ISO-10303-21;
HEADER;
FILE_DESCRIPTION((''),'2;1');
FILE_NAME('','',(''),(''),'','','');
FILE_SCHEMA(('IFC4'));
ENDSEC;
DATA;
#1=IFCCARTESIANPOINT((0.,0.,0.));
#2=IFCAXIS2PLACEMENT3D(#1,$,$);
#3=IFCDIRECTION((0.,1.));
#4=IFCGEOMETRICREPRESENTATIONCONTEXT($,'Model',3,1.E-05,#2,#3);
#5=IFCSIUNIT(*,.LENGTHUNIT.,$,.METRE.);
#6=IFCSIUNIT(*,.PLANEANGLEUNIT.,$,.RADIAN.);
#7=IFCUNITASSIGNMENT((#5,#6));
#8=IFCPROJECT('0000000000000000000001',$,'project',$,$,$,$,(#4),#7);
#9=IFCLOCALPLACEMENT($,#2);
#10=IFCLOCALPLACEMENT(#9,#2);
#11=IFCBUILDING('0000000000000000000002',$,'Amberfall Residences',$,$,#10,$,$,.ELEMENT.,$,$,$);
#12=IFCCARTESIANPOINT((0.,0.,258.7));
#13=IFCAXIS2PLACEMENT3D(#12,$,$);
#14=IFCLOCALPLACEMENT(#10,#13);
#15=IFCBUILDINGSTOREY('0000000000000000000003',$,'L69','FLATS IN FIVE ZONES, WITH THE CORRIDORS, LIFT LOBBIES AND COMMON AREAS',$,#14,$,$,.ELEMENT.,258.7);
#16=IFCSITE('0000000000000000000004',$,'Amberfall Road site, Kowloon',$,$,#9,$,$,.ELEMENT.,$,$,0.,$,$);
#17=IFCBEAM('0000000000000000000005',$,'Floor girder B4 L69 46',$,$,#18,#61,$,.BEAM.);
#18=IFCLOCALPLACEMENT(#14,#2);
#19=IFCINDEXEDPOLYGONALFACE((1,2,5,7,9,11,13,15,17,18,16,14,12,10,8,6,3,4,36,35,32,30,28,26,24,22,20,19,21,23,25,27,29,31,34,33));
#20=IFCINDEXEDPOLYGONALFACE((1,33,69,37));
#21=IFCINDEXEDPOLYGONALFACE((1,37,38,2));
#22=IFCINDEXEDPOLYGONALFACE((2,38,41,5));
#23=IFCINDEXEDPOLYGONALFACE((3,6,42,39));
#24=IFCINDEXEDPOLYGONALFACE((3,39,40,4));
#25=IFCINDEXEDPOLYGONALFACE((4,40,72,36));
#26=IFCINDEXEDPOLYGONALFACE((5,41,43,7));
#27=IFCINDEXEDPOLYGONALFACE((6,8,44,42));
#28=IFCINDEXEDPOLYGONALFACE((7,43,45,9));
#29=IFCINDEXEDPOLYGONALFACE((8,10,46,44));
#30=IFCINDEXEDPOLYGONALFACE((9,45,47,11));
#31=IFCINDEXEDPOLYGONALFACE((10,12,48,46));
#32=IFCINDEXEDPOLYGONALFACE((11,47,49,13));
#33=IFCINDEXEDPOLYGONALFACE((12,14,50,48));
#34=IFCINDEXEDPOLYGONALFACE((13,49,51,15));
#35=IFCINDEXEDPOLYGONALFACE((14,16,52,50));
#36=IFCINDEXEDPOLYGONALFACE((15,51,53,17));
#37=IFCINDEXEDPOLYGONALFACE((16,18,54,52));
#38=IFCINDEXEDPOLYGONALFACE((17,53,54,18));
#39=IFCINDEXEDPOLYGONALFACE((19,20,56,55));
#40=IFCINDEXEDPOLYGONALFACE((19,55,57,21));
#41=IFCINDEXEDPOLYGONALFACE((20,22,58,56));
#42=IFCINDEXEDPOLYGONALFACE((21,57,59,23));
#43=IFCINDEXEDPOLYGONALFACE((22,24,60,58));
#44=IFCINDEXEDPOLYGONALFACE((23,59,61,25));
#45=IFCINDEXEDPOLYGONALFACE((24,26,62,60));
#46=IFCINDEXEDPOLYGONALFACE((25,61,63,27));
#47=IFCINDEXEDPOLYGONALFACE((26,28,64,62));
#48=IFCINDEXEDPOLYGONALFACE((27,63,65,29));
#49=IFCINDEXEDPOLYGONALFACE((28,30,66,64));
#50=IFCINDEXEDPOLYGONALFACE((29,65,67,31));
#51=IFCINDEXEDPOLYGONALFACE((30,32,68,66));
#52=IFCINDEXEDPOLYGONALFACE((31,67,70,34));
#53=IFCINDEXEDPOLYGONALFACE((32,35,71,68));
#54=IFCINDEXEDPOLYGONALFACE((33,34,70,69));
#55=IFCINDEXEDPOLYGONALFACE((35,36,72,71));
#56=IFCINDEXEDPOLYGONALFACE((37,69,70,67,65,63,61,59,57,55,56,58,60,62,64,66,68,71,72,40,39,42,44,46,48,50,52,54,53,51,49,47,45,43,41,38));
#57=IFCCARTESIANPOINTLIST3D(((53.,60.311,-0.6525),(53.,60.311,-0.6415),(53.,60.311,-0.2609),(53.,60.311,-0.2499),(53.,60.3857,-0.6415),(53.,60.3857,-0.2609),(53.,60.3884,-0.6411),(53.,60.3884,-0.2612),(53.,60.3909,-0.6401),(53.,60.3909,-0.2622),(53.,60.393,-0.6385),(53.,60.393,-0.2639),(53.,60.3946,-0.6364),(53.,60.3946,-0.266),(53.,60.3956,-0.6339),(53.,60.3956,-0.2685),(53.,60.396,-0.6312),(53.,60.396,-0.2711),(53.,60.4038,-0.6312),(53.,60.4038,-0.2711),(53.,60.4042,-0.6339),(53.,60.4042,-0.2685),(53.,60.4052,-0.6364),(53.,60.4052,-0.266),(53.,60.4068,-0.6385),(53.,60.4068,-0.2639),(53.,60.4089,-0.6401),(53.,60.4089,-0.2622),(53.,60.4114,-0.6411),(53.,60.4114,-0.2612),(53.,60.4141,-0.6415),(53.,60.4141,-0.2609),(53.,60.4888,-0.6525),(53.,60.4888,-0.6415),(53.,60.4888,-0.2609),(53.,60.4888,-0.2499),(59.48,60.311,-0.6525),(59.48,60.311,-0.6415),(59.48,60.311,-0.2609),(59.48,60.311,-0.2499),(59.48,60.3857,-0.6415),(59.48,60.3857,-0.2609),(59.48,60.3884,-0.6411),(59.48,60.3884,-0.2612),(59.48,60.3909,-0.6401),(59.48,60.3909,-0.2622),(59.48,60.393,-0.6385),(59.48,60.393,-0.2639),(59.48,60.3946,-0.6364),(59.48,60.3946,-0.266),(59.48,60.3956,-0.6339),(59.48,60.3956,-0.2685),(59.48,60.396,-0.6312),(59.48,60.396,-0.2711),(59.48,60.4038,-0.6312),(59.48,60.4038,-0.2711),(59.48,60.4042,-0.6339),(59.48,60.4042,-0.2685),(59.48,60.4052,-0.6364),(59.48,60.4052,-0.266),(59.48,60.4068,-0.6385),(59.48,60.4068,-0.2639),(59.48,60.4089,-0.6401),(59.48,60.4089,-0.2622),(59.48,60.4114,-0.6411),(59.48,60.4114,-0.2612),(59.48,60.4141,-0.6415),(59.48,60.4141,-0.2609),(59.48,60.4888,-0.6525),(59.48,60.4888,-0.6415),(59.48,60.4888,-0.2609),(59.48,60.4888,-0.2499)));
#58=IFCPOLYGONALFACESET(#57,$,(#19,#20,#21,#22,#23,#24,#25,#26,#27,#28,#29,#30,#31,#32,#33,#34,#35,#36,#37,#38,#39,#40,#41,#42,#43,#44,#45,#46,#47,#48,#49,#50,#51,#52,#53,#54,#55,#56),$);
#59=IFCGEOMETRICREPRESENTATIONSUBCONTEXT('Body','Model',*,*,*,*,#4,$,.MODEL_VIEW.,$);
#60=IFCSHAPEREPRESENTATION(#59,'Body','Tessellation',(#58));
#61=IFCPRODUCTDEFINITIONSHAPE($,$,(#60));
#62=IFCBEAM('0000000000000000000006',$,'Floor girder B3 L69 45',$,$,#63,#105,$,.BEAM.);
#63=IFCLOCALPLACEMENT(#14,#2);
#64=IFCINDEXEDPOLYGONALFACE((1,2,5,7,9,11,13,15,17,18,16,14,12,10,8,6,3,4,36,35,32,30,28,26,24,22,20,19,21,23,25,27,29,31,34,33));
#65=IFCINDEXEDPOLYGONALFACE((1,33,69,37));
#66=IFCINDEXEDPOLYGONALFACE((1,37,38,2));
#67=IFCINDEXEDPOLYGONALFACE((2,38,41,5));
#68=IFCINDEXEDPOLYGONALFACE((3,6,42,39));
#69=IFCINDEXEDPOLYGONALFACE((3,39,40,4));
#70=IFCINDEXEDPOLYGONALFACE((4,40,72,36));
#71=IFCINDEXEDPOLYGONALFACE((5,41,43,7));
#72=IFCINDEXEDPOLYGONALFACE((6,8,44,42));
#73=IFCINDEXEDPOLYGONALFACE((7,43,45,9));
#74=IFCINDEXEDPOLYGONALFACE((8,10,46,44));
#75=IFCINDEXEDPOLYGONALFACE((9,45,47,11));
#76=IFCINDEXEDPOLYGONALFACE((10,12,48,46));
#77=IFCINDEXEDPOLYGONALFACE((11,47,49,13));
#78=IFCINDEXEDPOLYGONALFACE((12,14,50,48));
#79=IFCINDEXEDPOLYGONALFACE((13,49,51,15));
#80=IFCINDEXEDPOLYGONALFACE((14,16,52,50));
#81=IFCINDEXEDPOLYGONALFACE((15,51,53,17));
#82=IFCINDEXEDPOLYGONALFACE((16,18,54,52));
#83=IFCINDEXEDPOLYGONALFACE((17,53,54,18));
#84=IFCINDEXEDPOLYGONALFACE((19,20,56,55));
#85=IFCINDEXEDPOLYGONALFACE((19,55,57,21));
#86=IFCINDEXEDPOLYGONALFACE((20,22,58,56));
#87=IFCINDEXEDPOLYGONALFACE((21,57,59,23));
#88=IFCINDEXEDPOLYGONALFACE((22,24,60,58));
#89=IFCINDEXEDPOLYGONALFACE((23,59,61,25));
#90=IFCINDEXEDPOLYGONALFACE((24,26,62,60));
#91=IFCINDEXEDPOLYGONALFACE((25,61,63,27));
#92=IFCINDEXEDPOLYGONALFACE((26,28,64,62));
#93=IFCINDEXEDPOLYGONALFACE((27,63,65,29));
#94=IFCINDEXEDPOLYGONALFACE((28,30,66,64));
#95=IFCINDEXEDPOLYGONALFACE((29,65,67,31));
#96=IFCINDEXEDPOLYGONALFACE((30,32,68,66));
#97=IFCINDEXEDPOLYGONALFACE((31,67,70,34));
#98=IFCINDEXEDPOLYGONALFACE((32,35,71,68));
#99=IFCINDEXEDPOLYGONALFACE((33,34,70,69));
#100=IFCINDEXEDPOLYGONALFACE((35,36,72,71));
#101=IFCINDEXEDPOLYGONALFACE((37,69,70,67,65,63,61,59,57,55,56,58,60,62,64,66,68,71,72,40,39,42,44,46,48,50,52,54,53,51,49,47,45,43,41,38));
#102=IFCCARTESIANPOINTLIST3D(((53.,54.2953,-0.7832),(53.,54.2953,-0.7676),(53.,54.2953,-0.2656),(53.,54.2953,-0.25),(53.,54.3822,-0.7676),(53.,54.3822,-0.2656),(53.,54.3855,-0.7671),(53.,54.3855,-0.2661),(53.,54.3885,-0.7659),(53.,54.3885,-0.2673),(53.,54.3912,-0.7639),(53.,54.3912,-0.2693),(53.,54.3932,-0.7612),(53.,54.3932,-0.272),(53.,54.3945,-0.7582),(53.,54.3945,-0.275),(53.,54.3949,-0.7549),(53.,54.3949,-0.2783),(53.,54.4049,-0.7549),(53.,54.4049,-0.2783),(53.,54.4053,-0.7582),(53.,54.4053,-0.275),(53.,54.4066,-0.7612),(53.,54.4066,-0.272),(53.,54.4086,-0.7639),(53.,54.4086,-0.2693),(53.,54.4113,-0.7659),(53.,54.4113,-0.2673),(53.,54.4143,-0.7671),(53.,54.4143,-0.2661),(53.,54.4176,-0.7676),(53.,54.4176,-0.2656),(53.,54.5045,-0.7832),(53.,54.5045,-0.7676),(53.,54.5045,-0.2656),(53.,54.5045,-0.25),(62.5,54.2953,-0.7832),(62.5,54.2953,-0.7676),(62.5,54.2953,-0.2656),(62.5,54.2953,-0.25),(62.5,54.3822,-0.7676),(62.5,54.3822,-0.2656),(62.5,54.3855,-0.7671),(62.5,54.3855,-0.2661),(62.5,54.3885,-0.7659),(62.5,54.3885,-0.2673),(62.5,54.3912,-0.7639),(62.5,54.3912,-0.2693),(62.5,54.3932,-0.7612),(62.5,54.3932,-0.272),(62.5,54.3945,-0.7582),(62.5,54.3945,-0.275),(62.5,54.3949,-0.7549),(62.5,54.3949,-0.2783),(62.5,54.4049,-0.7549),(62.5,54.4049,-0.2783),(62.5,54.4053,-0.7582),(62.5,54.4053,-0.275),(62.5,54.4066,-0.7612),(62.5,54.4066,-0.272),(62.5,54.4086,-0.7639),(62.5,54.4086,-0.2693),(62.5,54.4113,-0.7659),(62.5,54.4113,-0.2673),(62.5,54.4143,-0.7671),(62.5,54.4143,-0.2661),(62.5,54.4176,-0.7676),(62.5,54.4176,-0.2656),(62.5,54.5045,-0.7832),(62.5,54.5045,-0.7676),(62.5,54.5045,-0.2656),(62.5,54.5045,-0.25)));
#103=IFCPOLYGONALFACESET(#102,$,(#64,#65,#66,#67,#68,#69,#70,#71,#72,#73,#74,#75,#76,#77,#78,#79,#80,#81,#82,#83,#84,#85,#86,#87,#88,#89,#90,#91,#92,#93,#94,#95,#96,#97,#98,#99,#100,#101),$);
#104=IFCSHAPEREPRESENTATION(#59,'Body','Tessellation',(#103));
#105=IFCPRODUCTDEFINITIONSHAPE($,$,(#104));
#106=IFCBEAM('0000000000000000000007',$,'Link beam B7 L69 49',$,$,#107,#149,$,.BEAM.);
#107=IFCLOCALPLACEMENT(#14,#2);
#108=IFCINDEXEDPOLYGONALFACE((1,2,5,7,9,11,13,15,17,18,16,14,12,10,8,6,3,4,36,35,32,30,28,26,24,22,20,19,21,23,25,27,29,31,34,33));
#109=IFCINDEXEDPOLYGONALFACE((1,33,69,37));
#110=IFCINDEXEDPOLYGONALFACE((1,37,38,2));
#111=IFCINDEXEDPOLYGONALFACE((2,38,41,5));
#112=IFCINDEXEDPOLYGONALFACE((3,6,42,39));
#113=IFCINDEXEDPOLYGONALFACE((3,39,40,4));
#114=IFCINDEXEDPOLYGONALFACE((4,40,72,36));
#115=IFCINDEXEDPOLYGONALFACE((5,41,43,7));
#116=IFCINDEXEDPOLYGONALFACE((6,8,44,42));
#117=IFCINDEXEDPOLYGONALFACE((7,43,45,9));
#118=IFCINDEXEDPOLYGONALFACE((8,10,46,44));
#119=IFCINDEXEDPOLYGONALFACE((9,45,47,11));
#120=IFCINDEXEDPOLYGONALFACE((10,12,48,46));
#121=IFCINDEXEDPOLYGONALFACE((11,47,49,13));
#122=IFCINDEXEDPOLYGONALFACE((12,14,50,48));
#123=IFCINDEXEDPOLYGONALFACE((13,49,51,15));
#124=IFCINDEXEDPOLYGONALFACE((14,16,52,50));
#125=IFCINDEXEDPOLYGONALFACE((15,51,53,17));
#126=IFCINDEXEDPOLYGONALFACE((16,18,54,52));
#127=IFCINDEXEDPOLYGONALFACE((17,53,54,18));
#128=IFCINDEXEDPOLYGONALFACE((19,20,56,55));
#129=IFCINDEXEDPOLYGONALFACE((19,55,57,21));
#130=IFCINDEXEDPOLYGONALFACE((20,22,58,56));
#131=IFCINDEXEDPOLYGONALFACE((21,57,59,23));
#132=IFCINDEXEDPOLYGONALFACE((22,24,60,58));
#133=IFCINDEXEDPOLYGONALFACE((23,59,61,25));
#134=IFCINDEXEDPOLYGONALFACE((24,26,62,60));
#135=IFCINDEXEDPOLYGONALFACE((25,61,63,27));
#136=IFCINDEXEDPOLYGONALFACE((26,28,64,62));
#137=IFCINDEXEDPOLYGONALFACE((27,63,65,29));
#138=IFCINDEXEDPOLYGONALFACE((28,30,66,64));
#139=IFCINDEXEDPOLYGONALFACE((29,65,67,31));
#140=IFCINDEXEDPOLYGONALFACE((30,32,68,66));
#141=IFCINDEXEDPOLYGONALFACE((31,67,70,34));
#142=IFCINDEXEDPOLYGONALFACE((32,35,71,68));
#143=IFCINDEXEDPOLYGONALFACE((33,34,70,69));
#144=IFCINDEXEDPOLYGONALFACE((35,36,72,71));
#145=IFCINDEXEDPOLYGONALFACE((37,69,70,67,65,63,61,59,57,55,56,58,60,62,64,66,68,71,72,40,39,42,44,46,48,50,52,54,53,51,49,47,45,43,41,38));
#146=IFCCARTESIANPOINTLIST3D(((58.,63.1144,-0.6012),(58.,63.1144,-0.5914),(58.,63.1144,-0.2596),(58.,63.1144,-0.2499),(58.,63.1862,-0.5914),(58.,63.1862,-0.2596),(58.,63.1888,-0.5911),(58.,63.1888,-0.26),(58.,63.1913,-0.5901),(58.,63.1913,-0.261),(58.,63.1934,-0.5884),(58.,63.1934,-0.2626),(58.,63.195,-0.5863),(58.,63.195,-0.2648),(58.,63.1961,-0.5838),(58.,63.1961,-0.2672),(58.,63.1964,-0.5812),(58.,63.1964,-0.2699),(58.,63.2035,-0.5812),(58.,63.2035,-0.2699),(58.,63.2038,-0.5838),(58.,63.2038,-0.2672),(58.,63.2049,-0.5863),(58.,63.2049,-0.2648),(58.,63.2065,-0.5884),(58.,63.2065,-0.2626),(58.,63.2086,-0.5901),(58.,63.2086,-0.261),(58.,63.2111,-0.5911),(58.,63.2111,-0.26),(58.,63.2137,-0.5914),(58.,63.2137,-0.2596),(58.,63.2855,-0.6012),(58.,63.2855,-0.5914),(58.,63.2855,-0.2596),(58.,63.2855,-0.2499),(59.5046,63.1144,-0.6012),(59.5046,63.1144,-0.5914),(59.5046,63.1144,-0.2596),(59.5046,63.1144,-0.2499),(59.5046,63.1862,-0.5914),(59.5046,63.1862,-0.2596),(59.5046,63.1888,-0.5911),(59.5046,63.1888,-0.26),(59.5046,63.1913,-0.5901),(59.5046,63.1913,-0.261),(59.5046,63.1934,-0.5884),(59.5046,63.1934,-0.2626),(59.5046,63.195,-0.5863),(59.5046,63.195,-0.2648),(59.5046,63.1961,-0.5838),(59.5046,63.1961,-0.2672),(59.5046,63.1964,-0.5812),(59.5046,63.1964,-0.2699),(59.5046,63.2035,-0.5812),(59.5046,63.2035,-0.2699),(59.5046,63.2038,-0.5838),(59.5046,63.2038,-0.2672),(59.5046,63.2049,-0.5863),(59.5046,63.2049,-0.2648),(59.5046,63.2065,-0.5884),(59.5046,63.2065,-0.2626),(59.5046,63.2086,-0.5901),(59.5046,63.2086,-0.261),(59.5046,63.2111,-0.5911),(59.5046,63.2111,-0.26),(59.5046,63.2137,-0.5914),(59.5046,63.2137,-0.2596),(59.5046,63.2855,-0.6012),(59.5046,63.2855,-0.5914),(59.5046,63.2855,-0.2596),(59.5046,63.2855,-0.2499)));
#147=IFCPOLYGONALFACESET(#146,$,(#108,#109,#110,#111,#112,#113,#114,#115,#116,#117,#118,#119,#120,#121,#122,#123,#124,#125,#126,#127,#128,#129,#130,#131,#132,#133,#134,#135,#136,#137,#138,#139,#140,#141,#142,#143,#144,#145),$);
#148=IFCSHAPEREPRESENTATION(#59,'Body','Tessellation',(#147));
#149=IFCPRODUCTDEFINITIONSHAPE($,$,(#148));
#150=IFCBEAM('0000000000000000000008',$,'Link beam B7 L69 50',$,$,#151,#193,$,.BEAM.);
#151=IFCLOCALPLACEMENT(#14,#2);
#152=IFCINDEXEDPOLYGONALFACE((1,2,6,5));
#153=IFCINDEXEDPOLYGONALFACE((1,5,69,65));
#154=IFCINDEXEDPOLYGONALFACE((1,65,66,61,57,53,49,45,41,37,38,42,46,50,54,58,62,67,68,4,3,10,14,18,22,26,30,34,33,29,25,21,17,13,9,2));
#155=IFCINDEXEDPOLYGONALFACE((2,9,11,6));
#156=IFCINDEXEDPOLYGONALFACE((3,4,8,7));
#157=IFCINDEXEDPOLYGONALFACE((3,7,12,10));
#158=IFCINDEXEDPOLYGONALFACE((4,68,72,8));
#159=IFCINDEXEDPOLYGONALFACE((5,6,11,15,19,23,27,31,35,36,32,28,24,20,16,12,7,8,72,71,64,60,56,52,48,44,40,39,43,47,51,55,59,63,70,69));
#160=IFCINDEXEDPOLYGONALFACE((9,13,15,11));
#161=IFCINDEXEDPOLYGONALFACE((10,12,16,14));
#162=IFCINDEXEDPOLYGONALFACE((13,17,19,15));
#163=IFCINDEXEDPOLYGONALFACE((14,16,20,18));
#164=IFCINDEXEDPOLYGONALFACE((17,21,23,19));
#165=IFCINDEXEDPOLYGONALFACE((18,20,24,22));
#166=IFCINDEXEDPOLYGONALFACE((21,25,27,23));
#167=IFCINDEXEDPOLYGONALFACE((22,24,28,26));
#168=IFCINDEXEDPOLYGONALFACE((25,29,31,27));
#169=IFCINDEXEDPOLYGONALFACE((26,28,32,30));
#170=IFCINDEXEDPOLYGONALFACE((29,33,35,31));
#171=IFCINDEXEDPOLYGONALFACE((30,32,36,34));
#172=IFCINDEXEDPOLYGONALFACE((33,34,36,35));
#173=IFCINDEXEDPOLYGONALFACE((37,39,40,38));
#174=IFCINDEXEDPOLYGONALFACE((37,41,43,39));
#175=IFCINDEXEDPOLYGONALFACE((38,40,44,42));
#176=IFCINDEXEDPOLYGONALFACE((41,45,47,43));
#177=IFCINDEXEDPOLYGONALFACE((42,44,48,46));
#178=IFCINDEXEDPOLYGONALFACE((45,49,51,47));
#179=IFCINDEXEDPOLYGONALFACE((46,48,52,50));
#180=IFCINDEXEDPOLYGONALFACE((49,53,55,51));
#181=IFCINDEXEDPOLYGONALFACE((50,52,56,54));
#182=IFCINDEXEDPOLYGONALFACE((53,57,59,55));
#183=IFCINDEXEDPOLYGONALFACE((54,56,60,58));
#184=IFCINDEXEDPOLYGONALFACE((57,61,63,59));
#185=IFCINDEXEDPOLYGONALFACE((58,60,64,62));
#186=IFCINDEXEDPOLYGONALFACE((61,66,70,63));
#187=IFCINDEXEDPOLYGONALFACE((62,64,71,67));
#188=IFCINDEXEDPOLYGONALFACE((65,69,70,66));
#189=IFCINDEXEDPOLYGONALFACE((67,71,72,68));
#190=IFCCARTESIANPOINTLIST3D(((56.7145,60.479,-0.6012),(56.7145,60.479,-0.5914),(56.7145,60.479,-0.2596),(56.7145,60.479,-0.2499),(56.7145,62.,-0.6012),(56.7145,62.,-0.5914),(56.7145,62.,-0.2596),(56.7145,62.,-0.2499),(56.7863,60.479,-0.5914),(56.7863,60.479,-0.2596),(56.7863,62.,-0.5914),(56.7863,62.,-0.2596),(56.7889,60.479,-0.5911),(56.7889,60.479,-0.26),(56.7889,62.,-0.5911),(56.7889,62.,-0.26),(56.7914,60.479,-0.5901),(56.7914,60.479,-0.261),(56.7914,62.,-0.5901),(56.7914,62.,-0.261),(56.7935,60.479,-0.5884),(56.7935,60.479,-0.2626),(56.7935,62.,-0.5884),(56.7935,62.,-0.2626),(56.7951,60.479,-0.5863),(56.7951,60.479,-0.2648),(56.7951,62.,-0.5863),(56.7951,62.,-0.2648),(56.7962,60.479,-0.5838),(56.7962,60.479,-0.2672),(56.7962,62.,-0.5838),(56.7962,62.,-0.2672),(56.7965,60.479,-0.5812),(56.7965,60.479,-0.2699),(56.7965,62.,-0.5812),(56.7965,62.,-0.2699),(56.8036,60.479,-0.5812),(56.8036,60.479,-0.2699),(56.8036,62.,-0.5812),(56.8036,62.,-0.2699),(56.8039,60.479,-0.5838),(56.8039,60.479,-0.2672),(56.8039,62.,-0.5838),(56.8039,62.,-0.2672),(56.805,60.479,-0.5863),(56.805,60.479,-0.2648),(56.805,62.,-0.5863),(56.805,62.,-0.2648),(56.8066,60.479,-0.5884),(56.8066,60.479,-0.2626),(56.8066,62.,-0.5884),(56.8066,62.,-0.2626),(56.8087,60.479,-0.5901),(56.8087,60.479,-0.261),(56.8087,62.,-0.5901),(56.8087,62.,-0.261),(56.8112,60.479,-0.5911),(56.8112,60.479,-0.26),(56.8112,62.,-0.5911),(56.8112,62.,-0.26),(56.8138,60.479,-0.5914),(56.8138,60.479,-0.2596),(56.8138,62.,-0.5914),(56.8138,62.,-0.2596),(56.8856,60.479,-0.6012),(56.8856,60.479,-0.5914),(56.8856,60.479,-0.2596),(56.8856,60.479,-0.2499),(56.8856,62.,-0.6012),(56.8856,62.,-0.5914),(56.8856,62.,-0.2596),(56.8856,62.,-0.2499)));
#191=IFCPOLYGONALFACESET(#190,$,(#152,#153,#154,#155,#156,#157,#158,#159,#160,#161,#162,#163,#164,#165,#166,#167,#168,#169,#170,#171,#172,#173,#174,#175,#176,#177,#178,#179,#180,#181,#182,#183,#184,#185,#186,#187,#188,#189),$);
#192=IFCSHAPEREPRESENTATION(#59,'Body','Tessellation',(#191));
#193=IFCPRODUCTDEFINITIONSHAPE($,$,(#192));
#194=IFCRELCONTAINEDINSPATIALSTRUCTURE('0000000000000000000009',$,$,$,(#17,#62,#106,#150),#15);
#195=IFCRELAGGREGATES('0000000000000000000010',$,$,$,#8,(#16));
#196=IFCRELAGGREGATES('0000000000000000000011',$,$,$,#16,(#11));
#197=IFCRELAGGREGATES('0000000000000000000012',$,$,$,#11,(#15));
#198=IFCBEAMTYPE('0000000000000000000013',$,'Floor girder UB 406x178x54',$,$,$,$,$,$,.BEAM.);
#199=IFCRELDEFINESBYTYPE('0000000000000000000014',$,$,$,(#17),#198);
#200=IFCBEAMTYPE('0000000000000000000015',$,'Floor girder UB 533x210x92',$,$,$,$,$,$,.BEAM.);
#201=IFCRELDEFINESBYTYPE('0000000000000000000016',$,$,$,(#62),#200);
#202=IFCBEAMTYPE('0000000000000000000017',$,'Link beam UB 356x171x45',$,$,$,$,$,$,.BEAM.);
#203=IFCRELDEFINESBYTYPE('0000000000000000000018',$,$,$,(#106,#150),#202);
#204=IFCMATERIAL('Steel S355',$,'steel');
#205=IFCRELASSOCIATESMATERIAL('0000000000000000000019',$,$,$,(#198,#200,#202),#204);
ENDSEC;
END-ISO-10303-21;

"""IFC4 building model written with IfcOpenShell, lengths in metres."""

from ifc_helpers import new_model, si_unit, direction, frame, origin, origin_2d, place, context, subcontext, project, spatial, i_section, extrude, material, material_profile, profile_set, type_object, element, save


model = new_model("IFC4")

# Units and contexts
model_context = context("Model", 3, precision=1e-05, world=origin(), true_north=direction((0.0, 1.0)))
body_context = subcontext(model_context, "Body", "Model", "MODEL_VIEW")
ifc_project = project(units=[si_unit("LENGTHUNIT", "METRE"), si_unit("PLANEANGLEUNIT", "RADIAN")], contexts=[model_context])

# Site, building, storey
site_placement = place(None, origin())
site = spatial("IfcSite", under=ifc_project, at=site_placement, Name="Amberfall Road site, Kowloon", CompositionType="ELEMENT", RefElevation=0.0)
building_placement = place(site_placement, origin())
building = spatial("IfcBuilding", under=site, at=building_placement, Name="Amberfall Residences", CompositionType="ELEMENT")
storey_placement = place(building_placement, frame((0.0, 0.0, 258.7)))
storey = spatial("IfcBuildingStorey", under=building, at=storey_placement, Name="L69", Description="FLATS IN FIVE ZONES, WITH THE CORRIDORS, LIFT LOBBIES AND COMMON AREAS", CompositionType="ELEMENT", Elevation=258.7)

# Shared definitions
ifc_material_1 = material(Name="Steel S355", Category="steel")

# Beams
ifc_material_profile_1 = material_profile(ifc_material_1, i_section(OverallWidth=0.1777, OverallDepth=0.4026, WebThickness=0.0078, FlangeThickness=0.011, FilletRadius=0.0103, at=origin_2d()), Name="UB 406x178x54")
ifc_profile_set_1 = profile_set([ifc_material_profile_1], Name="Steel S355")
beam_type_1 = type_object("IfcBeamType", Name="Floor girder UB 406x178x54", PredefinedType="BEAM", material=ifc_profile_set_1)
beam_1_placement = place(storey_placement, frame((53.0, 60.3999, -0.4512), z_axis=(1.0, 0.0, 0.0), x_axis=(0.0, 1.0, 0.0)))
element("IfcBeam", 1, at=beam_1_placement, inside=storey, type_object=beam_type_1, Name="Floor girder B4 L69 46", PredefinedType="BEAM", context=body_context, shape_type="SweptSolid", body=[
    extrude(i_section(OverallWidth=0.1777, OverallDepth=0.4026, WebThickness=0.0078, FlangeThickness=0.011, FilletRadius=0.0103, at=origin_2d()), origin(), (0.0, 0.0, 1.0), 6.48),
])
ifc_material_profile_2 = material_profile(ifc_material_1, i_section(OverallWidth=0.2092, OverallDepth=0.5332, WebThickness=0.01, FlangeThickness=0.0156, FilletRadius=0.0127, at=origin_2d()), Name="UB 533x210x92")
ifc_profile_set_2 = profile_set([ifc_material_profile_2], Name="Steel S355")
beam_type_2 = type_object("IfcBeamType", Name="Floor girder UB 533x210x92", PredefinedType="BEAM", material=ifc_profile_set_2)
beam_2_placement = place(storey_placement, frame((53.0, 54.3999, -0.5166), z_axis=(1.0, 0.0, 0.0), x_axis=(0.0, 1.0, 0.0)))
element("IfcBeam", 2, at=beam_2_placement, inside=storey, type_object=beam_type_2, Name="Floor girder B3 L69 45", PredefinedType="BEAM", context=body_context, shape_type="SweptSolid", body=[
    extrude(i_section(OverallWidth=0.2092, OverallDepth=0.5332, WebThickness=0.01, FlangeThickness=0.0156, FilletRadius=0.0127, at=origin_2d()), origin(), (0.0, 0.0, 1.0), 9.5),
])
ifc_material_profile_3 = material_profile(ifc_material_1, i_section(OverallWidth=0.1711, OverallDepth=0.3513, WebThickness=0.0071, FlangeThickness=0.0098, FilletRadius=0.0103, at=origin_2d()), Name="UB 356x171x45")
ifc_profile_set_3 = profile_set([ifc_material_profile_3], Name="Steel S355")
beam_type_3 = type_object("IfcBeamType", Name="Link beam UB 356x171x45", PredefinedType="BEAM", material=ifc_profile_set_3)
beam_3_placement = place(storey_placement, frame((58.0, 63.2, -0.4255), z_axis=(1.0, 0.0, 0.0), x_axis=(0.0, 1.0, 0.0)))
element("IfcBeam", 3, at=beam_3_placement, inside=storey, type_object=beam_type_3, Name="Link beam B7 L69 49", PredefinedType="BEAM", context=body_context, shape_type="SweptSolid", body=[
    extrude(i_section(OverallWidth=0.1711, OverallDepth=0.3513, WebThickness=0.0071, FlangeThickness=0.0098, FilletRadius=0.0103, at=origin_2d()), origin(), (0.0, 0.0, 1.0), 1.5046),
])
beam_4_placement = place(storey_placement, frame((56.8, 62.0, -0.4255), z_axis=(0.0, -1.0, 0.0), x_axis=(1.0, 0.0, 0.0)))
element("IfcBeam", 4, at=beam_4_placement, inside=storey, type_object=beam_type_3, Name="Link beam B7 L69 50", PredefinedType="BEAM", context=body_context, shape_type="SweptSolid", body=[
    extrude(i_section(OverallWidth=0.1711, OverallDepth=0.3513, WebThickness=0.0071, FlangeThickness=0.0098, FilletRadius=0.0103, at=origin_2d()), origin(), (0.0, 0.0, 1.0), 1.521),
])

save(model, "model.ifc")
